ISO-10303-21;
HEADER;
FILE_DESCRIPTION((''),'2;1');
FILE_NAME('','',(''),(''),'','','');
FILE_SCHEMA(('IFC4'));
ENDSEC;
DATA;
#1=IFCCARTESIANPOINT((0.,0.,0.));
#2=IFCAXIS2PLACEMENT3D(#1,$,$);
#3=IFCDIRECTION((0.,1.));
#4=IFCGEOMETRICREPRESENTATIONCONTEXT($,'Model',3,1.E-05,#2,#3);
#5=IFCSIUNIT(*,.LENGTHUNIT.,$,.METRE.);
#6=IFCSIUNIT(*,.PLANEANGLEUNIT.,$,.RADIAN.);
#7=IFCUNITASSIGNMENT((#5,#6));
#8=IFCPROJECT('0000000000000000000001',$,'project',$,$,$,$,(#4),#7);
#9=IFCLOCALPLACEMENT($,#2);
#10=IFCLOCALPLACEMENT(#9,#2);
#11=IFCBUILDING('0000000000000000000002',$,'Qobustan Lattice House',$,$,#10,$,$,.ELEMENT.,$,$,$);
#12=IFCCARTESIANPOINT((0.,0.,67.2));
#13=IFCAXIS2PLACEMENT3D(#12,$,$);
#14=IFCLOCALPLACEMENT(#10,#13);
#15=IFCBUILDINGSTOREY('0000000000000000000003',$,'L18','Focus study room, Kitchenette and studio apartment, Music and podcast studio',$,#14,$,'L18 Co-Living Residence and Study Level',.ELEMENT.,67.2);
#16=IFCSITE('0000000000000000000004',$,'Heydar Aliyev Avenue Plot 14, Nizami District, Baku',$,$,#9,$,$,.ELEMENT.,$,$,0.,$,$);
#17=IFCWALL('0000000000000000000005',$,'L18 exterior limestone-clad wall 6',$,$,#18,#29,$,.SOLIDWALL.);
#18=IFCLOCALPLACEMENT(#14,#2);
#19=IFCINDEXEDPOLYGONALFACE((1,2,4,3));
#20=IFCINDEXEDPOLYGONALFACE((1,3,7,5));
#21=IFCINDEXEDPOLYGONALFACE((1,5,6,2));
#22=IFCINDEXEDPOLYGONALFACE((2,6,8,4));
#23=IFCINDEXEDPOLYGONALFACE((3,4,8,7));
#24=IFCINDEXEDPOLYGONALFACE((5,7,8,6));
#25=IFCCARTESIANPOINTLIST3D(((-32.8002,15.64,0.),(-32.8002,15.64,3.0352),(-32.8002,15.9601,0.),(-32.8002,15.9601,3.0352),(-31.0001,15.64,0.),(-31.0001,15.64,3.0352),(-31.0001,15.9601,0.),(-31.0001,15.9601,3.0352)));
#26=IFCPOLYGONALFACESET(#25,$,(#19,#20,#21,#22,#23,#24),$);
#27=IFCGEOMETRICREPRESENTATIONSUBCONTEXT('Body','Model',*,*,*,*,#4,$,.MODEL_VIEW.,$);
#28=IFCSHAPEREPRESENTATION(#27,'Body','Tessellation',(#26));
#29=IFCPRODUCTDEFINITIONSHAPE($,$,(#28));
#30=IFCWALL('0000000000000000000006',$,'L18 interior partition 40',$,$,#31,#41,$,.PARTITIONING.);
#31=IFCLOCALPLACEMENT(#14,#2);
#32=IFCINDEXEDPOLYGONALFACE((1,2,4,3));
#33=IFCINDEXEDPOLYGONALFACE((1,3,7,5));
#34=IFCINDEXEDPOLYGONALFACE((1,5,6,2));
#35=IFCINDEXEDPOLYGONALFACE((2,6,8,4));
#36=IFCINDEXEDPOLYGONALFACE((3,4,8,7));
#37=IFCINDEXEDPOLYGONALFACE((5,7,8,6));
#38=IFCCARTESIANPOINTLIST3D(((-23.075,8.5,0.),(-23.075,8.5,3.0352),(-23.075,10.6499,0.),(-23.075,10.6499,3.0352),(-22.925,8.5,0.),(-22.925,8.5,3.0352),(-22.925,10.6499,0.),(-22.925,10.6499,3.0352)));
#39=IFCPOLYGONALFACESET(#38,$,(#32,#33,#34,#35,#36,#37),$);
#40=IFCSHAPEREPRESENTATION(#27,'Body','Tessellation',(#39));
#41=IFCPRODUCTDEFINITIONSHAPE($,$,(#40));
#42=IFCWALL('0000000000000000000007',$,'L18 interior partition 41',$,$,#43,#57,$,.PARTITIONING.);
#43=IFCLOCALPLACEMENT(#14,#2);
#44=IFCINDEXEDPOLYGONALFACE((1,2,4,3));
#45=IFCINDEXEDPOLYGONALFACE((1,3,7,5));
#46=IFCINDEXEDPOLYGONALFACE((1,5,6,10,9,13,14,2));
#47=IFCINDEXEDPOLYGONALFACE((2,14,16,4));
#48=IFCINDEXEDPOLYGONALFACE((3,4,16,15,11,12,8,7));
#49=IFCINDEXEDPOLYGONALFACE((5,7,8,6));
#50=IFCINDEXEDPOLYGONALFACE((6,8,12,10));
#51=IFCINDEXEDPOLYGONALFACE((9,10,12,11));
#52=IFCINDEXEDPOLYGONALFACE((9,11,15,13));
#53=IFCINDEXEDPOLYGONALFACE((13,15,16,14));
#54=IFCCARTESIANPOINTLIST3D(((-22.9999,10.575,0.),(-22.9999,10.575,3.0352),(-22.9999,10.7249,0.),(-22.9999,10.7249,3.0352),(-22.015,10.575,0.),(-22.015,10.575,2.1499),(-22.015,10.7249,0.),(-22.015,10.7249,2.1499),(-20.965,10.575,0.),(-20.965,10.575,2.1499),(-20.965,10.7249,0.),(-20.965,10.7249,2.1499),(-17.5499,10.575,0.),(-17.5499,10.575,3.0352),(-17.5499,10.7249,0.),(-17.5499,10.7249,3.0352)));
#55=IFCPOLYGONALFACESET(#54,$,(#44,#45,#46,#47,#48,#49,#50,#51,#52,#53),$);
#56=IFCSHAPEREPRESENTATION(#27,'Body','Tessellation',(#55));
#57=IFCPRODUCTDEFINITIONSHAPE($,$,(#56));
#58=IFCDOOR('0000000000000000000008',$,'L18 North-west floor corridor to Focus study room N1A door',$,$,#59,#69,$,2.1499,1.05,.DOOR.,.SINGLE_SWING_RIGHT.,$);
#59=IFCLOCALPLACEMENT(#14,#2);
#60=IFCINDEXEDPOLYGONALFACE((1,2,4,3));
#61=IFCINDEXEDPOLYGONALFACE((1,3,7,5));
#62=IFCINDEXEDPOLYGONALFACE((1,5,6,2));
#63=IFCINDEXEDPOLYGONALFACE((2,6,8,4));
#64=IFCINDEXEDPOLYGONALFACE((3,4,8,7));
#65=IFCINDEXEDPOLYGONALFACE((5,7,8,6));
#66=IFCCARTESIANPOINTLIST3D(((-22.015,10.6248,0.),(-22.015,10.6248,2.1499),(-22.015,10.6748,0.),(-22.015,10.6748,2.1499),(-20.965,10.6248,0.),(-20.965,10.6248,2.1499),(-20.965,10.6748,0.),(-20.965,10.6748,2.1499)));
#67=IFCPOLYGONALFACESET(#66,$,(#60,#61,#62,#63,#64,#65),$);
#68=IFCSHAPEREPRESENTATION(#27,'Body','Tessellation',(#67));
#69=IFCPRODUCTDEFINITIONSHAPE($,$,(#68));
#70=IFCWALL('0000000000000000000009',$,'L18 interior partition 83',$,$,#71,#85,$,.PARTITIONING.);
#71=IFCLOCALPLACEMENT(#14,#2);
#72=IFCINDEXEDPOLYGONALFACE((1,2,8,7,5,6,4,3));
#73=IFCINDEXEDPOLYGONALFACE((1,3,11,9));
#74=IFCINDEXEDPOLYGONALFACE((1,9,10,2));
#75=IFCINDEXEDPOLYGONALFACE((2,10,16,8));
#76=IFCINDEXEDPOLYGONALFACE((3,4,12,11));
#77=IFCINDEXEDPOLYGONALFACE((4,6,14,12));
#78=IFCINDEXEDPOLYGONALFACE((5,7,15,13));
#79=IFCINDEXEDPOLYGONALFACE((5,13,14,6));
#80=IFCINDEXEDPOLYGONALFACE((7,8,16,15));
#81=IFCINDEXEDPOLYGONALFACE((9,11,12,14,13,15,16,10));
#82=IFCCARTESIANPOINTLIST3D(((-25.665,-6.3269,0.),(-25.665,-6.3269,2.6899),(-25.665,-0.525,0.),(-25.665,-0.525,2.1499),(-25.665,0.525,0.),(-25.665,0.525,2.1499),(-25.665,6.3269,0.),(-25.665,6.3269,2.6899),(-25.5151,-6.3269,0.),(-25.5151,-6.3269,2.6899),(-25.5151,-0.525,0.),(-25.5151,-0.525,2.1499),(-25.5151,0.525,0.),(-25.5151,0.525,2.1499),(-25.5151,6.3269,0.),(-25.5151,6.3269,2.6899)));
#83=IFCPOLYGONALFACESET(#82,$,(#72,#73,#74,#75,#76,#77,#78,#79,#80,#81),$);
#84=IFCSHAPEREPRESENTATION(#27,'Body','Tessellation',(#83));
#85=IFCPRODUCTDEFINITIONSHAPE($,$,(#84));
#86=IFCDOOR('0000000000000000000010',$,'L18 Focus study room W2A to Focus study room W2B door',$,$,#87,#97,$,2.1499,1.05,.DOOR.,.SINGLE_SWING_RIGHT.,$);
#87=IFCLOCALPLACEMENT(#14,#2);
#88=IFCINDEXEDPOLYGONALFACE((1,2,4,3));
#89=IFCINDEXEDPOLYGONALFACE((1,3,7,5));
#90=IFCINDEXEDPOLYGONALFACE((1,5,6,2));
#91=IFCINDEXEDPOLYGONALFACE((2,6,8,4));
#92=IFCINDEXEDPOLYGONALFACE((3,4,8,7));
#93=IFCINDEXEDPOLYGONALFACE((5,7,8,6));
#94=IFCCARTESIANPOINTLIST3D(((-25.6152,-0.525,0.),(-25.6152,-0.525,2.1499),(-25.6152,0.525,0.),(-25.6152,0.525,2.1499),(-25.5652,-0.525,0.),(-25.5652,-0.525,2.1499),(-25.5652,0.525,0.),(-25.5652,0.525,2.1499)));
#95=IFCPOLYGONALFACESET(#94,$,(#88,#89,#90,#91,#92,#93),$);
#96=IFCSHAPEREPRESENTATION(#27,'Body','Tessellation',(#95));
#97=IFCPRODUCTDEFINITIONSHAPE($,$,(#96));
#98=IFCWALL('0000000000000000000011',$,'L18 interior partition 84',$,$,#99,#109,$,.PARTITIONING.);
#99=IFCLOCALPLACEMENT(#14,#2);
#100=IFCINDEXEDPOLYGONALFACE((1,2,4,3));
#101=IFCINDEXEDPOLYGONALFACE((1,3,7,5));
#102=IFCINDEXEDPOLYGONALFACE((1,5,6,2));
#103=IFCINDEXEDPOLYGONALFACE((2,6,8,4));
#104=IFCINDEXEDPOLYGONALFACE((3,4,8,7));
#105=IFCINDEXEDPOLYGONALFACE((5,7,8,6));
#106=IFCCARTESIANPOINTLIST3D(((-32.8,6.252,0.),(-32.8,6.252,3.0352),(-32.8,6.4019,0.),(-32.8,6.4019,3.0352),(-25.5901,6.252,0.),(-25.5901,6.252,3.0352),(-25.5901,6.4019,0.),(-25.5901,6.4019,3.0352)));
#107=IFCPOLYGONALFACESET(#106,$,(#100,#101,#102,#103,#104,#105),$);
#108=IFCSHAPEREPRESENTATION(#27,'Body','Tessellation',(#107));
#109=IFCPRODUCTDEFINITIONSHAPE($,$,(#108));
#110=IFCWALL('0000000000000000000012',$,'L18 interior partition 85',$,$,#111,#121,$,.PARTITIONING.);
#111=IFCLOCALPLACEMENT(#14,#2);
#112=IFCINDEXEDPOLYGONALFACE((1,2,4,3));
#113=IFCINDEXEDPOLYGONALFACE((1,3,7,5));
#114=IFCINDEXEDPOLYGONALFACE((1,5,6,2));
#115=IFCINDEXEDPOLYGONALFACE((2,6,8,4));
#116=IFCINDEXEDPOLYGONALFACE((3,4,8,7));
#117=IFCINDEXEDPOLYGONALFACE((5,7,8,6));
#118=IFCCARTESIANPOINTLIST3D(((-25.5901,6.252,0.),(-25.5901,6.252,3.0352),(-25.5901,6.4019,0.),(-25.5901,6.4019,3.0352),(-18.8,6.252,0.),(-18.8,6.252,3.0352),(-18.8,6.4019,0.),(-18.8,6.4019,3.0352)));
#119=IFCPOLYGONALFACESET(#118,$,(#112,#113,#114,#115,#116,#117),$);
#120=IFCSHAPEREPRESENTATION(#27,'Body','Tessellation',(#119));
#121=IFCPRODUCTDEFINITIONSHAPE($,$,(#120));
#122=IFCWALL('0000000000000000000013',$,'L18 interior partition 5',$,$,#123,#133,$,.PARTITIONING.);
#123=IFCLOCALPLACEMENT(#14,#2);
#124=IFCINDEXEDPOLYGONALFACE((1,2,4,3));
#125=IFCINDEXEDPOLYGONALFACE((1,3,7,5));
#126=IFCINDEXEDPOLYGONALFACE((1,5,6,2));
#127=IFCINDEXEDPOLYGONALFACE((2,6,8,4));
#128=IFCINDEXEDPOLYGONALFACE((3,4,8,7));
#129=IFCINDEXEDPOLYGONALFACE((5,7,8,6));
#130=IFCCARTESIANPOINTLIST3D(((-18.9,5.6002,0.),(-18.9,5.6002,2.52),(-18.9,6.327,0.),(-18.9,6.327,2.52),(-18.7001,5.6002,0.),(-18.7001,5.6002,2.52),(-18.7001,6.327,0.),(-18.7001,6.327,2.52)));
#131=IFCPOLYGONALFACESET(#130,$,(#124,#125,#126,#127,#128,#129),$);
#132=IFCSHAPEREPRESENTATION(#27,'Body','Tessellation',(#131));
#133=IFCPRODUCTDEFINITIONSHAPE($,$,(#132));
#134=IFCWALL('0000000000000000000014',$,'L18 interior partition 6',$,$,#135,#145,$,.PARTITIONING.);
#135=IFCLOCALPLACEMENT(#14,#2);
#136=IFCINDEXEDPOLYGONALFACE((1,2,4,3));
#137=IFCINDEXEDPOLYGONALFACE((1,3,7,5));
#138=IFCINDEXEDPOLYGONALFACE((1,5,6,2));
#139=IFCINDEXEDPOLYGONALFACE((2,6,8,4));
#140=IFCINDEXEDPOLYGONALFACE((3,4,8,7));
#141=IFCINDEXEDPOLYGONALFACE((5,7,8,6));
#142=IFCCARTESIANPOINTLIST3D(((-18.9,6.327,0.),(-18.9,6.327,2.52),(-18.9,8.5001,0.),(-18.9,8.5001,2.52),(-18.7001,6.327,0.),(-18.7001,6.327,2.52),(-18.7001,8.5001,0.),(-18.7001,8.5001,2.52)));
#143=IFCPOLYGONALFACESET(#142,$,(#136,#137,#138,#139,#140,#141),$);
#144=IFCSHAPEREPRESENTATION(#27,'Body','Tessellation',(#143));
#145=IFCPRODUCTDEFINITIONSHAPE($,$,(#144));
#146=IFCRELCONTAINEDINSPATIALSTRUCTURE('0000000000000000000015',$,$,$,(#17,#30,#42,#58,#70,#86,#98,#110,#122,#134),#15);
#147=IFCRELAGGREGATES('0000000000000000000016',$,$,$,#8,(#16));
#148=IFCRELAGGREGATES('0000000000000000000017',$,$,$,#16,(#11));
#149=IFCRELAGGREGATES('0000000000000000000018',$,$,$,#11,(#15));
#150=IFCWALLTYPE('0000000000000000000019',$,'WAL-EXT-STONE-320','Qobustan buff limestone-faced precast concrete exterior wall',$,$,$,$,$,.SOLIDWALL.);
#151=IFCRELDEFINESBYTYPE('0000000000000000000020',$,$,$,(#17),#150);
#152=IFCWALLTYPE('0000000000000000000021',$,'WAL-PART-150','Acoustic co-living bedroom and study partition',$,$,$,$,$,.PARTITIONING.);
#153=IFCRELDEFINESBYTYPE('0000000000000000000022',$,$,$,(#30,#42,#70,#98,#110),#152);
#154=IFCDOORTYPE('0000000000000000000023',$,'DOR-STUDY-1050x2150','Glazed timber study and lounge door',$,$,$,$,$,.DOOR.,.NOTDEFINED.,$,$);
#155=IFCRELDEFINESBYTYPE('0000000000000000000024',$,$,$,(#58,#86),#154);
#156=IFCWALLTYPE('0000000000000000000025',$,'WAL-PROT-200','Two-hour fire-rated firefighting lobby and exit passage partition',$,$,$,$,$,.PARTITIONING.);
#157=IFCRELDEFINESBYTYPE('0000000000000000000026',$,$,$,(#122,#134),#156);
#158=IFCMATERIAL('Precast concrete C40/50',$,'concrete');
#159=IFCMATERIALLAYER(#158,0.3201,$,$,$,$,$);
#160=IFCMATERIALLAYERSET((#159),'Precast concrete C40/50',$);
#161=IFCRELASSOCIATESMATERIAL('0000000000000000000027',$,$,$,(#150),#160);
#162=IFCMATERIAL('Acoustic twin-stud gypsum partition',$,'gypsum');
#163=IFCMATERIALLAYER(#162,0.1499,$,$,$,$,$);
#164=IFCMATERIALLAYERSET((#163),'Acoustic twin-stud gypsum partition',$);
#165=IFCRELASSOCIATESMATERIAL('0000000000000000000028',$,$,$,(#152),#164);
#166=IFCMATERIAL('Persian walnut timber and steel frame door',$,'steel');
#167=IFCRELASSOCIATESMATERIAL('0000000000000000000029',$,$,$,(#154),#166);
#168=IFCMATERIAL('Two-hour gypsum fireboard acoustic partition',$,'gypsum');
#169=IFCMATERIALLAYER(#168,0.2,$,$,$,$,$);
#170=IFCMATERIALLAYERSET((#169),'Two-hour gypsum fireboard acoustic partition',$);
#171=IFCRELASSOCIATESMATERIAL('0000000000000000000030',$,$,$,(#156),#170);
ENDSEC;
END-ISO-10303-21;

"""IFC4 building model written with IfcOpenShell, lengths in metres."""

from ifc_helpers import new_model, si_unit, direction, frame, frame_2d, origin, place, context, subcontext, project, spatial, rectangle, extrude, material, layer, layer_set, type_object, element, fill, save


model = new_model("IFC4")

# Units and contexts
model_context = context("Model", 3, precision=1e-05, world=origin(), true_north=direction((0.0, 1.0)))
body_context = subcontext(model_context, "Body", "Model", "MODEL_VIEW")
ifc_project = project(units=[si_unit("LENGTHUNIT", "METRE"), si_unit("PLANEANGLEUNIT", "RADIAN")], contexts=[model_context])

# Site, building, storey
site_placement = place(None, origin())
site = spatial("IfcSite", under=ifc_project, at=site_placement, Name="Heydar Aliyev Avenue Plot 14, Nizami District, Baku", CompositionType="ELEMENT", RefElevation=0.0)
building_placement = place(site_placement, origin())
building = spatial("IfcBuilding", under=site, at=building_placement, Name="Qobustan Lattice House", CompositionType="ELEMENT")
storey_placement = place(building_placement, frame((0.0, 0.0, 67.2)))
storey = spatial("IfcBuildingStorey", under=building, at=storey_placement, Name="L18", Description="Focus study room, Kitchenette and studio apartment, Music and podcast studio", LongName="L18 Co-Living Residence and Study Level", CompositionType="ELEMENT", Elevation=67.2)

# Walls
ifc_material_1 = material(Name="Precast concrete C40/50", Category="concrete")
ifc_layer_1 = layer(ifc_material_1, 0.3201)
ifc_layer_set_1 = layer_set([ifc_layer_1], Name="Precast concrete C40/50")
wall_type_1 = type_object("IfcWallType", Name="WAL-EXT-STONE-320", Description="Qobustan buff limestone-faced precast concrete exterior wall", PredefinedType="SOLIDWALL", material=ifc_layer_set_1)
wall_1_placement = place(storey_placement, frame((-32.8, 15.8, 0.0), z_axis=(0.0, 0.0, 1.0), x_axis=(1.0, 0.0, 0.0)))
element("IfcWall", 1, at=wall_1_placement, inside=storey, type_object=wall_type_1, Name="L18 exterior limestone-clad wall 6", PredefinedType="SOLIDWALL", context=body_context, shape_type="SweptSolid", body=[
    extrude(rectangle(XDim=1.8, YDim=0.3201, at=frame_2d((0.8999, 0.0))), origin(), (0.0, 0.0, 1.0), 3.0352),
])
ifc_material_2 = material(Name="Acoustic twin-stud gypsum partition", Category="gypsum")
ifc_layer_2 = layer(ifc_material_2, 0.1499)
ifc_layer_set_2 = layer_set([ifc_layer_2], Name="Acoustic twin-stud gypsum partition")
wall_type_2 = type_object("IfcWallType", Name="WAL-PART-150", Description="Acoustic co-living bedroom and study partition", PredefinedType="PARTITIONING", material=ifc_layer_set_2)
wall_2_placement = place(storey_placement, frame((-23.0, 8.5, 0.0), z_axis=(0.0, 0.0, 1.0), x_axis=(0.0, 1.0, 0.0)))
element("IfcWall", 2, at=wall_2_placement, inside=storey, type_object=wall_type_2, Name="L18 interior partition 40", PredefinedType="PARTITIONING", context=body_context, shape_type="SweptSolid", body=[
    extrude(rectangle(XDim=2.1499, YDim=0.1499, at=frame_2d((1.075, 0.0))), origin(), (0.0, 0.0, 1.0), 3.0352),
])

# Walls, openings, doors
wall_3_placement = place(storey_placement, frame((-23.0, 10.6499, 0.0), z_axis=(0.0, 0.0, 1.0), x_axis=(1.0, 0.0, 0.0)))
wall_3 = element("IfcWall", 3, at=wall_3_placement, inside=storey, type_object=wall_type_2, Name="L18 interior partition 41", PredefinedType="PARTITIONING", context=body_context, shape_type="SweptSolid", body=[
    extrude(rectangle(XDim=5.45, YDim=0.1499, at=frame_2d((2.7251, 0.0))), origin(), (0.0, 0.0, 1.0), 3.0352),
])
opening_1_placement = place(wall_3_placement, frame((0.9851, 0.0, 0.0)))
opening_1 = element("IfcOpeningElement", 4, at=opening_1_placement, cuts=wall_3, PredefinedType="OPENING", context=body_context, shape_type="SweptSolid", body=[
    extrude(rectangle(XDim=1.05, YDim=2.1499, at=frame_2d((0.5249, 1.075))), frame((0.0, 0.085, 0.0), z_axis=(0.0, -1.0, 0.0), x_axis=(1.0, 0.0, 0.0)), (0.0, 0.0, 1.0), 0.1699),
])
ifc_material_3 = material(Name="Persian walnut timber and steel frame door", Category="steel")
door_type_1 = type_object("IfcDoorType", Name="DOR-STUDY-1050x2150", Description="Glazed timber study and lounge door", OperationType="NOTDEFINED", PredefinedType="DOOR", material=ifc_material_3)
door_1_placement = place(opening_1_placement, origin())
door_1 = element("IfcDoor", 5, at=door_1_placement, inside=storey, type_object=door_type_1, Name="L18 North-west floor corridor to Focus study room N1A door", OperationType="SINGLE_SWING_RIGHT", OverallHeight=2.1499, OverallWidth=1.05, PredefinedType="DOOR", context=body_context, shape_type="SweptSolid", body=[
    extrude(rectangle(XDim=1.05, YDim=2.1499, at=frame_2d((0.5249, 1.075))), frame((0.0, 0.0249, 0.0), z_axis=(0.0, -1.0, 0.0), x_axis=(1.0, 0.0, 0.0)), (0.0, 0.0, 1.0), 0.05),
])
fill(opening_1, door_1)
wall_4_placement = place(storey_placement, frame((-25.5901, 6.3269, 0.0), z_axis=(0.0, 0.0, 1.0), x_axis=(0.0, -1.0, 0.0)))
wall_4 = element("IfcWall", 6, at=wall_4_placement, inside=storey, type_object=wall_type_2, Name="L18 interior partition 83", PredefinedType="PARTITIONING", context=body_context, shape_type="SweptSolid", body=[
    extrude(rectangle(XDim=12.6538, YDim=0.1499, at=frame_2d((6.3269, 0.0))), origin(), (0.0, 0.0, 1.0), 2.6899),
])
opening_2_placement = place(wall_4_placement, frame((5.802, 0.0, 0.0)))
opening_2 = element("IfcOpeningElement", 7, at=opening_2_placement, cuts=wall_4, PredefinedType="OPENING", context=body_context, shape_type="SweptSolid", body=[
    extrude(rectangle(XDim=1.05, YDim=2.1499, at=frame_2d((0.5249, 1.075))), frame((0.0, 0.085, 0.0), z_axis=(0.0, -1.0, 0.0), x_axis=(1.0, 0.0, 0.0)), (0.0, 0.0, 1.0), 0.1699),
])
door_2_placement = place(opening_2_placement, origin())
door_2 = element("IfcDoor", 8, at=door_2_placement, inside=storey, type_object=door_type_1, Name="L18 Focus study room W2A to Focus study room W2B door", OperationType="SINGLE_SWING_RIGHT", OverallHeight=2.1499, OverallWidth=1.05, PredefinedType="DOOR", context=body_context, shape_type="SweptSolid", body=[
    extrude(rectangle(XDim=1.05, YDim=2.1499, at=frame_2d((0.5249, 1.075))), frame((0.0, 0.0249, 0.0), z_axis=(0.0, -1.0, 0.0), x_axis=(1.0, 0.0, 0.0)), (0.0, 0.0, 1.0), 0.05),
])
fill(opening_2, door_2)

# Walls
wall_5_placement = place(storey_placement, frame((-32.8, 6.3269, 0.0), z_axis=(0.0, 0.0, 1.0), x_axis=(1.0, 0.0, 0.0)))
element("IfcWall", 9, at=wall_5_placement, inside=storey, type_object=wall_type_2, Name="L18 interior partition 84", PredefinedType="PARTITIONING", context=body_context, shape_type="SweptSolid", body=[
    extrude(rectangle(XDim=7.21, YDim=0.1499, at=frame_2d((3.605, 0.0))), origin(), (0.0, 0.0, 1.0), 3.0352),
])
wall_6_placement = place(storey_placement, frame((-25.5901, 6.3269, 0.0), z_axis=(0.0, 0.0, 1.0), x_axis=(1.0, 0.0, 0.0)))
element("IfcWall", 10, at=wall_6_placement, inside=storey, type_object=wall_type_2, Name="L18 interior partition 85", PredefinedType="PARTITIONING", context=body_context, shape_type="SweptSolid", body=[
    extrude(rectangle(XDim=6.79, YDim=0.1499, at=frame_2d((3.395, 0.0))), origin(), (0.0, 0.0, 1.0), 3.0352),
])
ifc_material_4 = material(Name="Two-hour gypsum fireboard acoustic partition", Category="gypsum")
ifc_layer_3 = layer(ifc_material_4, 0.2)
ifc_layer_set_3 = layer_set([ifc_layer_3], Name="Two-hour gypsum fireboard acoustic partition")
wall_type_3 = type_object("IfcWallType", Name="WAL-PROT-200", Description="Two-hour fire-rated firefighting lobby and exit passage partition", PredefinedType="PARTITIONING", material=ifc_layer_set_3)
wall_7_placement = place(storey_placement, frame((-18.8, 6.3269, 0.0), z_axis=(0.0, 0.0, 1.0), x_axis=(0.0, -1.0, 0.0)))
element("IfcWall", 11, at=wall_7_placement, inside=storey, type_object=wall_type_3, Name="L18 interior partition 5", PredefinedType="PARTITIONING", context=body_context, shape_type="SweptSolid", body=[
    extrude(rectangle(XDim=0.7268, YDim=0.2, at=frame_2d((0.3633, 0.0))), origin(), (0.0, 0.0, 1.0), 2.52),
])
wall_8_placement = place(storey_placement, frame((-18.8, 8.5, 0.0), z_axis=(0.0, 0.0, 1.0), x_axis=(0.0, -1.0, 0.0)))
element("IfcWall", 12, at=wall_8_placement, inside=storey, type_object=wall_type_3, Name="L18 interior partition 6", PredefinedType="PARTITIONING", context=body_context, shape_type="SweptSolid", body=[
    extrude(rectangle(XDim=2.1731, YDim=0.2, at=frame_2d((1.0864, 0.0))), origin(), (0.0, 0.0, 1.0), 2.52),
])

save(model, "model.ifc")
